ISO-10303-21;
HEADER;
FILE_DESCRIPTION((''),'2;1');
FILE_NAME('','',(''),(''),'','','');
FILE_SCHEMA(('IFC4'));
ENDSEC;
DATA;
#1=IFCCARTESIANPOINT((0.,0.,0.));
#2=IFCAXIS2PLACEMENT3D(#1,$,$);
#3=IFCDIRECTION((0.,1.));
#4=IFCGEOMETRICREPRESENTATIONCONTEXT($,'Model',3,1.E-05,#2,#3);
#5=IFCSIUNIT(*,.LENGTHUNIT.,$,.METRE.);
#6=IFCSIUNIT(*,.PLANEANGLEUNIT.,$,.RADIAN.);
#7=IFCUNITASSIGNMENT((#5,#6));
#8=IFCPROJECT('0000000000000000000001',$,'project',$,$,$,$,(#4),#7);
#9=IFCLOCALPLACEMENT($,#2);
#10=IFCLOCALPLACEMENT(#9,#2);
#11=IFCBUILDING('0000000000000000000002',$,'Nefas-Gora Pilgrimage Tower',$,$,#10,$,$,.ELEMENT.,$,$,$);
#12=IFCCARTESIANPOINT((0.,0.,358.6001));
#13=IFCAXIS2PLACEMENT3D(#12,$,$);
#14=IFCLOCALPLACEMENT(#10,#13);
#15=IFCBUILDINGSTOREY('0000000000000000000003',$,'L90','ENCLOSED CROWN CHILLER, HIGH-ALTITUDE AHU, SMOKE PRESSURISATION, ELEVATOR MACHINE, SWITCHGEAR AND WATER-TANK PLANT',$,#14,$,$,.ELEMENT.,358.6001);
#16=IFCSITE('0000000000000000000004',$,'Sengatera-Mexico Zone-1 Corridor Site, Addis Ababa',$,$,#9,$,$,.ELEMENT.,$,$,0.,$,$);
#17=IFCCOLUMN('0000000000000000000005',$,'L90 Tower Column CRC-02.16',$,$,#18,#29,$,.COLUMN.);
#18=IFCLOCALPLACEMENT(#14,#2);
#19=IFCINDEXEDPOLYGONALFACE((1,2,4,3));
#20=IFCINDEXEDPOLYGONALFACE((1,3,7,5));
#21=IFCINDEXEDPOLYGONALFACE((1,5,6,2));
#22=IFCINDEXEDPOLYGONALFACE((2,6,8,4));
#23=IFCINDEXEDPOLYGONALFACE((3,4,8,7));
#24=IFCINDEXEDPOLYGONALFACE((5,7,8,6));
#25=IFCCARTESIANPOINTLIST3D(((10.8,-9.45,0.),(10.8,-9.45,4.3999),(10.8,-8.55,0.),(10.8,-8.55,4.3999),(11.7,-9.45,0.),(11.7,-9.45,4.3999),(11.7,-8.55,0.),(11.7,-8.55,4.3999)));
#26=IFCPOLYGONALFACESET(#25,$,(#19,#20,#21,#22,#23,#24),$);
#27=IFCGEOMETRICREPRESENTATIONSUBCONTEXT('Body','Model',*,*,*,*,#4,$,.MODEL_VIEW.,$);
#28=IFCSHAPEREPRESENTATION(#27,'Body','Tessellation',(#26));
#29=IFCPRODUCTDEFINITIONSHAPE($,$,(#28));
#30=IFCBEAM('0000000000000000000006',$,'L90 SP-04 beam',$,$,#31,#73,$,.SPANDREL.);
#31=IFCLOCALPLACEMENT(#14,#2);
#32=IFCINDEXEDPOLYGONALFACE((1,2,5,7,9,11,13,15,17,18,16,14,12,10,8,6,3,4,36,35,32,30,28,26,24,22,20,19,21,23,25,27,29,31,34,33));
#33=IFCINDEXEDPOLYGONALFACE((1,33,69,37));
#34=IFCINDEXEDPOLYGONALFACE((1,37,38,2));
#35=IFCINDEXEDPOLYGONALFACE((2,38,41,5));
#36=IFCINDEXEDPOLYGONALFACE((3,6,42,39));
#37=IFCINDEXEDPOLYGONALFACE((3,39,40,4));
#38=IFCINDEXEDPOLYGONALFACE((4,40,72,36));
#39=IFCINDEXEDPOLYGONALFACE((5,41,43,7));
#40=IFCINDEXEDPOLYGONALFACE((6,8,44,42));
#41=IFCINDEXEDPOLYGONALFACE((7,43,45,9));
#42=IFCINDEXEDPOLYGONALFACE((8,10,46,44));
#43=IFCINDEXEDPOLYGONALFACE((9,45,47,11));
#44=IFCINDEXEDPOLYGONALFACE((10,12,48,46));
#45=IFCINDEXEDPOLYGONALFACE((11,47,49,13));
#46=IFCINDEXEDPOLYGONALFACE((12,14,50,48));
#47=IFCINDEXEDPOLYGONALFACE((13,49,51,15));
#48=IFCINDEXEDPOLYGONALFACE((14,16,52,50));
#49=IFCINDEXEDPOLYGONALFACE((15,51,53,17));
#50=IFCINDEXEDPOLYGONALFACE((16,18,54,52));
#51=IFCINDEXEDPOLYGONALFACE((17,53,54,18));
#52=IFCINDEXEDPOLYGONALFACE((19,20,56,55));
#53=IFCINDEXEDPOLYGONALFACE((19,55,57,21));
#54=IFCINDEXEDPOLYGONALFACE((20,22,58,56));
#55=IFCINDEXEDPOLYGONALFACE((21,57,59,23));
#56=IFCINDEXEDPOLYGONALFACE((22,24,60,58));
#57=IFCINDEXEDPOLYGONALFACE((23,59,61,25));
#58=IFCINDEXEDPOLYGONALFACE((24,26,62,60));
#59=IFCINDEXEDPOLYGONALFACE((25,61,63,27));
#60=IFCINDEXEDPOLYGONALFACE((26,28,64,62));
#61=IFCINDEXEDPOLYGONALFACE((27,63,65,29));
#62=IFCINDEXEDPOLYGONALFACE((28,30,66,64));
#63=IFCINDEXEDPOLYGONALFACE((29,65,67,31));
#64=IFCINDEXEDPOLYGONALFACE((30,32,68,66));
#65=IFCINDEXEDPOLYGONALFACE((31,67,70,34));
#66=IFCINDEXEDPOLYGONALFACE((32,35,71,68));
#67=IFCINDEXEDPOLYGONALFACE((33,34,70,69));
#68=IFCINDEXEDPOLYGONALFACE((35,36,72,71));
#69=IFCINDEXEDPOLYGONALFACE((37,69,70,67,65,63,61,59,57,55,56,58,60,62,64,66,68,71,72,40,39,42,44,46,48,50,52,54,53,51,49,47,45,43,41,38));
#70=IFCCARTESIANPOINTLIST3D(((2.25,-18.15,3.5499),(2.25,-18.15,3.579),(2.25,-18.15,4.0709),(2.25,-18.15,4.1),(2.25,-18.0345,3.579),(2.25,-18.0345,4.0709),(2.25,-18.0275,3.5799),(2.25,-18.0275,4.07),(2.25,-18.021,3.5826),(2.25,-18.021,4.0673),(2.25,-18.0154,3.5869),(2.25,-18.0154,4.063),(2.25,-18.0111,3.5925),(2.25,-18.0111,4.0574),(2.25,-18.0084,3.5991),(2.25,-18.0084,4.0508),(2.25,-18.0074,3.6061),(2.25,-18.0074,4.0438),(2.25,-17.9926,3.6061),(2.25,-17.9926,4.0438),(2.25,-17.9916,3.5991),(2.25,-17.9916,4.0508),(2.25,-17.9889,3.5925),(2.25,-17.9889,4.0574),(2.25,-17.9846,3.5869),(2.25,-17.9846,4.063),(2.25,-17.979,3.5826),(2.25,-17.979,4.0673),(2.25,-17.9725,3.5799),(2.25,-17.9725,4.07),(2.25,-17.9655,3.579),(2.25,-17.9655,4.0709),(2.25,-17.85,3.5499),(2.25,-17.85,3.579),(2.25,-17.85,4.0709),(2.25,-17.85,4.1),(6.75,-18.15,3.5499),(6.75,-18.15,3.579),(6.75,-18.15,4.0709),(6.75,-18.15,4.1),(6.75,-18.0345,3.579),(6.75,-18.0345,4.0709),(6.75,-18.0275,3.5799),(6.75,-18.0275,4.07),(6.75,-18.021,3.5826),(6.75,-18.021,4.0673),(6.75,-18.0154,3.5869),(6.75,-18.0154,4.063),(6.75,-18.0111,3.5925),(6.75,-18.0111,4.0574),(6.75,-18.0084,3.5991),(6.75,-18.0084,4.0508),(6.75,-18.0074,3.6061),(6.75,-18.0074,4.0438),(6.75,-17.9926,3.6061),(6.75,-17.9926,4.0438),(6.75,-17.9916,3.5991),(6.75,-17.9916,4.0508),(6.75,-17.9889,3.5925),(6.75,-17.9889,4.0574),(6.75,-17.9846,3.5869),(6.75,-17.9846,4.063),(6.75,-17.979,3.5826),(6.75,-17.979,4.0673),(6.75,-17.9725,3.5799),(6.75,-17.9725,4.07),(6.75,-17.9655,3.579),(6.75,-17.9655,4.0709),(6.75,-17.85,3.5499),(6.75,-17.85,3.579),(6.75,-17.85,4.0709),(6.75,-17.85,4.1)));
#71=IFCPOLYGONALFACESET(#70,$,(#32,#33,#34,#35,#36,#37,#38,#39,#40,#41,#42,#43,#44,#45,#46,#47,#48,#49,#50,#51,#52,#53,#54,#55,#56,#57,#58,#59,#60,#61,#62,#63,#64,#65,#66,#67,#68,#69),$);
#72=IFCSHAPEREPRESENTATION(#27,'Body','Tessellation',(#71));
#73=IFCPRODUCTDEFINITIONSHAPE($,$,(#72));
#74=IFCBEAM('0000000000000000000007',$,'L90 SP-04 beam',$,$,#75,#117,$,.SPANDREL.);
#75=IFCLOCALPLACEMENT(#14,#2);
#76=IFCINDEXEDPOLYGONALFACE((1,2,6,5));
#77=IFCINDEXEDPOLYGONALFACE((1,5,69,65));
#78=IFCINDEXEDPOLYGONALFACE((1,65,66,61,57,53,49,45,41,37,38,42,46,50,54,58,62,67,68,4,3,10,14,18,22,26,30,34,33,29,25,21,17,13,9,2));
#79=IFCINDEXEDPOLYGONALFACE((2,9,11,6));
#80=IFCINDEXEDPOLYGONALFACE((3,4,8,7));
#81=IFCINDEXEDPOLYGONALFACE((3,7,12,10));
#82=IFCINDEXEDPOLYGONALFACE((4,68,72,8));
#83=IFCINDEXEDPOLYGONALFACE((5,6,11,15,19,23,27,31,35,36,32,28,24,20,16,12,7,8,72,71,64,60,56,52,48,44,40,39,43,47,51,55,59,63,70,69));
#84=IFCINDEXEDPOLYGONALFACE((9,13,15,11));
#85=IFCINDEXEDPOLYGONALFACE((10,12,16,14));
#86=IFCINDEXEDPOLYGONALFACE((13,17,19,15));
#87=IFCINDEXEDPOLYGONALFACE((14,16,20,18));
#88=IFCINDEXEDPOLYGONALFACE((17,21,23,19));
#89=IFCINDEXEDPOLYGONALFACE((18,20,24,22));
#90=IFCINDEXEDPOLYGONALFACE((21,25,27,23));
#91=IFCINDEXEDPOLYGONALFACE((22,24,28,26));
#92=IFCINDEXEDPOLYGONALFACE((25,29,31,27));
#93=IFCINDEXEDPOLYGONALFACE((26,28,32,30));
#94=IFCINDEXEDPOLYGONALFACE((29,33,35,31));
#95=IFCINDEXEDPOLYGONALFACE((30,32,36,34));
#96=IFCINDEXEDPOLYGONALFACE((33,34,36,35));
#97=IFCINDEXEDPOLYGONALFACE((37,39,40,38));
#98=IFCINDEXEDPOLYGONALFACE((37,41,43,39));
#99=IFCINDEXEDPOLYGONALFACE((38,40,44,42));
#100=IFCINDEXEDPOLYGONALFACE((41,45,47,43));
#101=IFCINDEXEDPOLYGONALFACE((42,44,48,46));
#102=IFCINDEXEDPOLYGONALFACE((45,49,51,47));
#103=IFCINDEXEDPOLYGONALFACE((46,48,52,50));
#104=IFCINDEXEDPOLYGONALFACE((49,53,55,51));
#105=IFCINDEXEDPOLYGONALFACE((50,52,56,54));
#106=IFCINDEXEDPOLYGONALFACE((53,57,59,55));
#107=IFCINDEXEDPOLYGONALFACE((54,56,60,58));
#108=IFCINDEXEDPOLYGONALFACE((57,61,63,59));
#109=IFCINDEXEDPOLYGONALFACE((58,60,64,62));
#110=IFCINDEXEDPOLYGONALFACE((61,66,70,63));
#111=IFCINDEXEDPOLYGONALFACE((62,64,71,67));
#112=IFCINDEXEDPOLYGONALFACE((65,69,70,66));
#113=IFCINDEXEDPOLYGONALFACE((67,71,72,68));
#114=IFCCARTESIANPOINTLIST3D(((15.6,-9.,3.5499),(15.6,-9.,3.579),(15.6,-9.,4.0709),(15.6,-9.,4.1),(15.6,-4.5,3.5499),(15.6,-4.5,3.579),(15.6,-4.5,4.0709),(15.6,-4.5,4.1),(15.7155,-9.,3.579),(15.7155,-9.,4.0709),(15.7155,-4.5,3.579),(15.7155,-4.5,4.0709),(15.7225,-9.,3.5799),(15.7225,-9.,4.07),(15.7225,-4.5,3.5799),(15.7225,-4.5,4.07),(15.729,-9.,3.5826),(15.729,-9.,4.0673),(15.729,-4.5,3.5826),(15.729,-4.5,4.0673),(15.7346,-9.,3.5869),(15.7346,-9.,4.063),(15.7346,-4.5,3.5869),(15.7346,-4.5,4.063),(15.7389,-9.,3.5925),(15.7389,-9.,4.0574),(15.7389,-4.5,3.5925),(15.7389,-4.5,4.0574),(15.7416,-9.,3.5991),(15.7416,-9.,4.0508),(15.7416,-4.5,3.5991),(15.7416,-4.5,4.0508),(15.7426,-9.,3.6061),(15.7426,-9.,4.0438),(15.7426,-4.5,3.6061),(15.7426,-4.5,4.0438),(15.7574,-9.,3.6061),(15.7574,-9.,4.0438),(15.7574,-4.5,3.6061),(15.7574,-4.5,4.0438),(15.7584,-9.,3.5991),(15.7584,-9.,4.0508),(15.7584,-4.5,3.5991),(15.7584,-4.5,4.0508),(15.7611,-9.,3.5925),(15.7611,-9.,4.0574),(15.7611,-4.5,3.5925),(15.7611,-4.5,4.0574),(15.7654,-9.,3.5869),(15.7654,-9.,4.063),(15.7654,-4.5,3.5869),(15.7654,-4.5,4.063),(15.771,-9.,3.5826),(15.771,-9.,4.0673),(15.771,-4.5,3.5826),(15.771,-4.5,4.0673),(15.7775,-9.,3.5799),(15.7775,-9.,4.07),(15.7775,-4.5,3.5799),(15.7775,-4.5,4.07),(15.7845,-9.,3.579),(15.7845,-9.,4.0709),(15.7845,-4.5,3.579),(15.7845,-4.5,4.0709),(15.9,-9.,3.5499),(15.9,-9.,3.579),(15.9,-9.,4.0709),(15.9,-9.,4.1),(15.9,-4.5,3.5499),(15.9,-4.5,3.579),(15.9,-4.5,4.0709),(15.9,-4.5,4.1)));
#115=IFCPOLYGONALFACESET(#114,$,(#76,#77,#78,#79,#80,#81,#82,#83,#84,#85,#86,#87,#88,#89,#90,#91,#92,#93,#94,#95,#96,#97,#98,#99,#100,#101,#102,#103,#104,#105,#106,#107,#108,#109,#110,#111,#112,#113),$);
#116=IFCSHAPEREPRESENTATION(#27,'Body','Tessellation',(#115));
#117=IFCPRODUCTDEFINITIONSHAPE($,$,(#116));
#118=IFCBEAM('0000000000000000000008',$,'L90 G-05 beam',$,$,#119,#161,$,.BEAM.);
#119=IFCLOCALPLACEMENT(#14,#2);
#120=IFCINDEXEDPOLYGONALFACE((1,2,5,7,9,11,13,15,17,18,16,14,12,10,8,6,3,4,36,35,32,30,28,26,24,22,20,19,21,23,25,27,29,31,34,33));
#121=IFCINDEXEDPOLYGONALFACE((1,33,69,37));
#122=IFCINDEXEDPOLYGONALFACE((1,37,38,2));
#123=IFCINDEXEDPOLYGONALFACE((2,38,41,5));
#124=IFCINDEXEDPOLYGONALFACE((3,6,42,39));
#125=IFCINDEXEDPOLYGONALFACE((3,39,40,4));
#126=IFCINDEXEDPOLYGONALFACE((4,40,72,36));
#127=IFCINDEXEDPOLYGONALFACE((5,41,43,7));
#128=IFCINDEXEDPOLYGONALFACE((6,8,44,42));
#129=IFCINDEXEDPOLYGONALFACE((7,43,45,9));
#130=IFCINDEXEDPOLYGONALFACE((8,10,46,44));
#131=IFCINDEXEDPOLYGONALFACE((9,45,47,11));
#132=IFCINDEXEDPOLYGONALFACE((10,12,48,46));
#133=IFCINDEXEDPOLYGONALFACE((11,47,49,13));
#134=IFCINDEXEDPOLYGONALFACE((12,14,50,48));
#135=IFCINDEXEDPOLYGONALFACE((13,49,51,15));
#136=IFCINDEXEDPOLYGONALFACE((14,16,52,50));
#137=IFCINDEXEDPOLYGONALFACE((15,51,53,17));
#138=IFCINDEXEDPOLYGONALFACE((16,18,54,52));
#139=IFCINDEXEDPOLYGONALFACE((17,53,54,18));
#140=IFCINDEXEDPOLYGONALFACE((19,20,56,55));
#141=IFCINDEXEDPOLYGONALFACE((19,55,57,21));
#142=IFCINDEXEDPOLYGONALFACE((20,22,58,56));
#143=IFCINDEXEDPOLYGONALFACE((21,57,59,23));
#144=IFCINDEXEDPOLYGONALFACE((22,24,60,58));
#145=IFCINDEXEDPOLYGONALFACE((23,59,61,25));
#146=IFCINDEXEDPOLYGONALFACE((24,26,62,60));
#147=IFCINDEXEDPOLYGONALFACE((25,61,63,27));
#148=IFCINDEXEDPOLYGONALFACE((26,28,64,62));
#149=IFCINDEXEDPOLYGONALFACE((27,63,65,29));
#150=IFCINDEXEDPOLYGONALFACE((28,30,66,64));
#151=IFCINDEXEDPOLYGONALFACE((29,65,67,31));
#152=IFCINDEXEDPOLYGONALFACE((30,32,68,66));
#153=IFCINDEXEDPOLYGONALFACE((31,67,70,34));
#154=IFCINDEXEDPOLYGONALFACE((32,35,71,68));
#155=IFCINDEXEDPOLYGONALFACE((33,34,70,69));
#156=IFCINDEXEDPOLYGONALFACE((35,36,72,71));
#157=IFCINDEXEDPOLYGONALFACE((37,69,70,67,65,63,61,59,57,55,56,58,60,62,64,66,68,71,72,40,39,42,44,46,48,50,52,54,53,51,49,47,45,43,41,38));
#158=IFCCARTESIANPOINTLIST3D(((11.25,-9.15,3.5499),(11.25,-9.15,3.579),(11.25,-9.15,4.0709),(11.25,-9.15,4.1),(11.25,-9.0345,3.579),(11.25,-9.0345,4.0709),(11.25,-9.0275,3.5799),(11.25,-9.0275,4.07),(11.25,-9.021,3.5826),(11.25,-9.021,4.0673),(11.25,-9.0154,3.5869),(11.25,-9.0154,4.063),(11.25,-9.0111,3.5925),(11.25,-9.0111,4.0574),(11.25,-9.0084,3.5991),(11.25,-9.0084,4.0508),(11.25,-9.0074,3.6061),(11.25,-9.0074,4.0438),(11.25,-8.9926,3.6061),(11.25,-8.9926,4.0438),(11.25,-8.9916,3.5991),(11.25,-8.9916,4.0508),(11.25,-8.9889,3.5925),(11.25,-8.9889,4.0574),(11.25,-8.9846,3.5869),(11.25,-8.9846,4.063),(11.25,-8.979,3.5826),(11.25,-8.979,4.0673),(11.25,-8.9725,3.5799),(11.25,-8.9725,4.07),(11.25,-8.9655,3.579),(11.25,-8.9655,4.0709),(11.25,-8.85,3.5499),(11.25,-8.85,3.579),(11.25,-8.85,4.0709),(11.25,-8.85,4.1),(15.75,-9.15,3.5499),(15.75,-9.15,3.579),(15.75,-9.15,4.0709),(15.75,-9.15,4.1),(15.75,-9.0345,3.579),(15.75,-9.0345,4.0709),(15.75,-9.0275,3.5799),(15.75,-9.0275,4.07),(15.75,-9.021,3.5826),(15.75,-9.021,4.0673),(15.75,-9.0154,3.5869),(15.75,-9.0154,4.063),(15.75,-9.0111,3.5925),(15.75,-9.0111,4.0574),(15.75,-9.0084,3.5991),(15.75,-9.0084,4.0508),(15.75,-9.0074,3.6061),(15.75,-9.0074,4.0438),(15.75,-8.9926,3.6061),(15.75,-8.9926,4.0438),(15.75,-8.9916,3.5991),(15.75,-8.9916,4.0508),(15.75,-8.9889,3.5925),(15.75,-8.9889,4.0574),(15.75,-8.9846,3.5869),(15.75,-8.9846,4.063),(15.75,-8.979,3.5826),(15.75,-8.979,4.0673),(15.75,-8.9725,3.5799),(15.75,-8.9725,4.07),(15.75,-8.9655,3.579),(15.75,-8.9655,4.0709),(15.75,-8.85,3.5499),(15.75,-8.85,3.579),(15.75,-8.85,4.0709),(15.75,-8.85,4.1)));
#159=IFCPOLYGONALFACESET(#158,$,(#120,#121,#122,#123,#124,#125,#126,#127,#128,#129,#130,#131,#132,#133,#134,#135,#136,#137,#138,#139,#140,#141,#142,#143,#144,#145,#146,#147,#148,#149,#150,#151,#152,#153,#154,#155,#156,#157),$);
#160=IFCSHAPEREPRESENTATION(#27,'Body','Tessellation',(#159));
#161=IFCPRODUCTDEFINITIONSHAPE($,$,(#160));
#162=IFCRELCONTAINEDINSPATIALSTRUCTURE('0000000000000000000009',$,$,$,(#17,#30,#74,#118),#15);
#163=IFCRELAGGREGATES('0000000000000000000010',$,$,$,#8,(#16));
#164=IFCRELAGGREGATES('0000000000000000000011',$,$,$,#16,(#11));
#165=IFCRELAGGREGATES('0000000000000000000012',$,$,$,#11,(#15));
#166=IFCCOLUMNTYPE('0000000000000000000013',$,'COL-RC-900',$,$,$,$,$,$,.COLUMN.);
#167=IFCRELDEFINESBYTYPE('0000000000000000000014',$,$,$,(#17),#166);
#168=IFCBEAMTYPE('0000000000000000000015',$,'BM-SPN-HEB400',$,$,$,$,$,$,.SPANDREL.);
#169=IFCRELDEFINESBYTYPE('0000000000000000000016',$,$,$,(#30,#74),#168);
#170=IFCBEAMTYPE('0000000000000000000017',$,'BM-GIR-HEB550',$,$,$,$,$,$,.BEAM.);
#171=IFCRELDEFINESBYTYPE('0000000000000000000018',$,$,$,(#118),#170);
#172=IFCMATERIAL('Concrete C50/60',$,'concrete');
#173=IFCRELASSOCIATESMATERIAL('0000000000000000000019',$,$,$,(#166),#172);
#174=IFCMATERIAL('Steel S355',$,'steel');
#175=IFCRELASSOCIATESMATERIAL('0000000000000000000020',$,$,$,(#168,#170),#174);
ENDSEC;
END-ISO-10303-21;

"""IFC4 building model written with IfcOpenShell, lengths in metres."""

from ifc_helpers import new_model, si_unit, direction, frame, origin, origin_2d, place, context, subcontext, project, spatial, rectangle, i_section, extrude, source, transform, mapped, material, material_profile, profile_set, type_object, element, save


model = new_model("IFC4")

# Units and contexts
model_context = context("Model", 3, precision=1e-05, world=origin(), true_north=direction((0.0, 1.0)))
body_context = subcontext(model_context, "Body", "Model", "MODEL_VIEW")
ifc_project = project(units=[si_unit("LENGTHUNIT", "METRE"), si_unit("PLANEANGLEUNIT", "RADIAN")], contexts=[model_context])

# Site, building, storey
site_placement = place(None, origin())
site = spatial("IfcSite", under=ifc_project, at=site_placement, Name="Sengatera-Mexico Zone-1 Corridor Site, Addis Ababa", CompositionType="ELEMENT", RefElevation=0.0)
building_placement = place(site_placement, origin())
building = spatial("IfcBuilding", under=site, at=building_placement, Name="Nefas-Gora Pilgrimage Tower", CompositionType="ELEMENT")
storey_placement = place(building_placement, frame((0.0, 0.0, 358.6001)))
storey = spatial("IfcBuildingStorey", under=building, at=storey_placement, Name="L90", Description="ENCLOSED CROWN CHILLER, HIGH-ALTITUDE AHU, SMOKE PRESSURISATION, ELEVATOR MACHINE, SWITCHGEAR AND WATER-TANK PLANT", CompositionType="ELEMENT", Elevation=358.6001)

# Column
ifc_material_1 = material(Name="Steel S355", Category="steel")
ifc_material_2 = material(Name="Concrete C50/60", Category="concrete")
ifc_material_profile_1 = material_profile(ifc_material_2, rectangle(XDim=0.8999, YDim=0.8999, at=origin_2d()), Name="RC 900x900")
ifc_profile_set_1 = profile_set([ifc_material_profile_1], Name="Concrete C50/60")
column_type_1 = type_object("IfcColumnType", Name="COL-RC-900", PredefinedType="COLUMN", material=ifc_profile_set_1)
shared_shape_1 = source(origin(), body_context, "Body", "SweptSolid", [
    extrude(rectangle(XDim=0.8999, YDim=0.8999, at=origin_2d()), origin(), (0.0, 0.0, 1.0), 4.3999),
])
column_placement = place(storey_placement, frame((11.25, -9.0, 0.0), z_axis=(0.0, 0.0, 1.0), x_axis=(1.0, 0.0, 0.0)))
element("IfcColumn", 1, at=column_placement, inside=storey, type_object=column_type_1, Name="L90 Tower Column CRC-02.16", PredefinedType="COLUMN", context=body_context, shape_type="MappedRepresentation", body=[
    mapped(shared_shape_1, transform((0.0, 0.0, 0.0), x_axis=(1.0, 0.0, 0.0), y_axis=(0.0, 1.0, 0.0), z_axis=(0.0, 0.0, 1.0), scale=1.0)),
])

# Beams
ifc_material_profile_2 = material_profile(ifc_material_1, i_section(OverallWidth=0.3, OverallDepth=0.55, WebThickness=0.0149, FlangeThickness=0.0291, FilletRadius=0.0271, at=origin_2d()), Name="HEB 550")
ifc_profile_set_2 = profile_set([ifc_material_profile_2], Name="Steel S355")
beam_type_1 = type_object("IfcBeamType", Name="BM-SPN-HEB400", PredefinedType="SPANDREL", material=ifc_profile_set_2)
shared_shape_2 = source(origin(), body_context, "Body", "SweptSolid", [
    extrude(i_section(OverallWidth=0.3, OverallDepth=0.55, WebThickness=0.0149, FlangeThickness=0.0291, FilletRadius=0.0271, at=origin_2d()), origin(), (0.0, 0.0, 1.0), 4.5),
])
for number, where, z_axis, x_axis, name in (
    (2, (2.25, -18.0, 3.825), (1.0, 0.0, 0.0), (0.0, 1.0, 0.0), "L90 SP-04 beam"),
    (3, (15.75, -9.0, 3.825), (0.0, 1.0, 0.0), (-1.0, 0.0, 0.0), "L90 SP-04 beam"),
):
    element("IfcBeam", number, at=place(storey_placement, frame(where, z_axis=z_axis, x_axis=x_axis)), inside=storey, type_object=beam_type_1, Name=name, PredefinedType="SPANDREL", context=body_context, shape_type="MappedRepresentation", body=[
        mapped(shared_shape_2, transform((0.0, 0.0, 0.0), x_axis=(1.0, 0.0, 0.0), y_axis=(0.0, 1.0, 0.0), z_axis=(0.0, 0.0, 1.0), scale=1.0)),
    ])
ifc_material_profile_3 = material_profile(ifc_material_1, i_section(OverallWidth=0.3, OverallDepth=0.55, WebThickness=0.0149, FlangeThickness=0.0291, FilletRadius=0.0271, at=origin_2d()), Name="HEB 550")
ifc_profile_set_3 = profile_set([ifc_material_profile_3], Name="Steel S355")
beam_type_2 = type_object("IfcBeamType", Name="BM-GIR-HEB550", PredefinedType="BEAM", material=ifc_profile_set_3)
shared_shape_3 = source(origin(), body_context, "Body", "SweptSolid", [
    extrude(i_section(OverallWidth=0.3, OverallDepth=0.55, WebThickness=0.0149, FlangeThickness=0.0291, FilletRadius=0.0271, at=origin_2d()), origin(), (0.0, 0.0, 1.0), 4.5),
])
beam_placement = place(storey_placement, frame((11.25, -9.0, 3.825), z_axis=(1.0, 0.0, 0.0), x_axis=(0.0, 1.0, 0.0)))
element("IfcBeam", 4, at=beam_placement, inside=storey, type_object=beam_type_2, Name="L90 G-05 beam", PredefinedType="BEAM", context=body_context, shape_type="MappedRepresentation", body=[
    mapped(shared_shape_3, transform((0.0, 0.0, 0.0), x_axis=(1.0, 0.0, 0.0), y_axis=(0.0, 1.0, 0.0), z_axis=(0.0, 0.0, 1.0), scale=1.0)),
])

save(model, "model.ifc")
